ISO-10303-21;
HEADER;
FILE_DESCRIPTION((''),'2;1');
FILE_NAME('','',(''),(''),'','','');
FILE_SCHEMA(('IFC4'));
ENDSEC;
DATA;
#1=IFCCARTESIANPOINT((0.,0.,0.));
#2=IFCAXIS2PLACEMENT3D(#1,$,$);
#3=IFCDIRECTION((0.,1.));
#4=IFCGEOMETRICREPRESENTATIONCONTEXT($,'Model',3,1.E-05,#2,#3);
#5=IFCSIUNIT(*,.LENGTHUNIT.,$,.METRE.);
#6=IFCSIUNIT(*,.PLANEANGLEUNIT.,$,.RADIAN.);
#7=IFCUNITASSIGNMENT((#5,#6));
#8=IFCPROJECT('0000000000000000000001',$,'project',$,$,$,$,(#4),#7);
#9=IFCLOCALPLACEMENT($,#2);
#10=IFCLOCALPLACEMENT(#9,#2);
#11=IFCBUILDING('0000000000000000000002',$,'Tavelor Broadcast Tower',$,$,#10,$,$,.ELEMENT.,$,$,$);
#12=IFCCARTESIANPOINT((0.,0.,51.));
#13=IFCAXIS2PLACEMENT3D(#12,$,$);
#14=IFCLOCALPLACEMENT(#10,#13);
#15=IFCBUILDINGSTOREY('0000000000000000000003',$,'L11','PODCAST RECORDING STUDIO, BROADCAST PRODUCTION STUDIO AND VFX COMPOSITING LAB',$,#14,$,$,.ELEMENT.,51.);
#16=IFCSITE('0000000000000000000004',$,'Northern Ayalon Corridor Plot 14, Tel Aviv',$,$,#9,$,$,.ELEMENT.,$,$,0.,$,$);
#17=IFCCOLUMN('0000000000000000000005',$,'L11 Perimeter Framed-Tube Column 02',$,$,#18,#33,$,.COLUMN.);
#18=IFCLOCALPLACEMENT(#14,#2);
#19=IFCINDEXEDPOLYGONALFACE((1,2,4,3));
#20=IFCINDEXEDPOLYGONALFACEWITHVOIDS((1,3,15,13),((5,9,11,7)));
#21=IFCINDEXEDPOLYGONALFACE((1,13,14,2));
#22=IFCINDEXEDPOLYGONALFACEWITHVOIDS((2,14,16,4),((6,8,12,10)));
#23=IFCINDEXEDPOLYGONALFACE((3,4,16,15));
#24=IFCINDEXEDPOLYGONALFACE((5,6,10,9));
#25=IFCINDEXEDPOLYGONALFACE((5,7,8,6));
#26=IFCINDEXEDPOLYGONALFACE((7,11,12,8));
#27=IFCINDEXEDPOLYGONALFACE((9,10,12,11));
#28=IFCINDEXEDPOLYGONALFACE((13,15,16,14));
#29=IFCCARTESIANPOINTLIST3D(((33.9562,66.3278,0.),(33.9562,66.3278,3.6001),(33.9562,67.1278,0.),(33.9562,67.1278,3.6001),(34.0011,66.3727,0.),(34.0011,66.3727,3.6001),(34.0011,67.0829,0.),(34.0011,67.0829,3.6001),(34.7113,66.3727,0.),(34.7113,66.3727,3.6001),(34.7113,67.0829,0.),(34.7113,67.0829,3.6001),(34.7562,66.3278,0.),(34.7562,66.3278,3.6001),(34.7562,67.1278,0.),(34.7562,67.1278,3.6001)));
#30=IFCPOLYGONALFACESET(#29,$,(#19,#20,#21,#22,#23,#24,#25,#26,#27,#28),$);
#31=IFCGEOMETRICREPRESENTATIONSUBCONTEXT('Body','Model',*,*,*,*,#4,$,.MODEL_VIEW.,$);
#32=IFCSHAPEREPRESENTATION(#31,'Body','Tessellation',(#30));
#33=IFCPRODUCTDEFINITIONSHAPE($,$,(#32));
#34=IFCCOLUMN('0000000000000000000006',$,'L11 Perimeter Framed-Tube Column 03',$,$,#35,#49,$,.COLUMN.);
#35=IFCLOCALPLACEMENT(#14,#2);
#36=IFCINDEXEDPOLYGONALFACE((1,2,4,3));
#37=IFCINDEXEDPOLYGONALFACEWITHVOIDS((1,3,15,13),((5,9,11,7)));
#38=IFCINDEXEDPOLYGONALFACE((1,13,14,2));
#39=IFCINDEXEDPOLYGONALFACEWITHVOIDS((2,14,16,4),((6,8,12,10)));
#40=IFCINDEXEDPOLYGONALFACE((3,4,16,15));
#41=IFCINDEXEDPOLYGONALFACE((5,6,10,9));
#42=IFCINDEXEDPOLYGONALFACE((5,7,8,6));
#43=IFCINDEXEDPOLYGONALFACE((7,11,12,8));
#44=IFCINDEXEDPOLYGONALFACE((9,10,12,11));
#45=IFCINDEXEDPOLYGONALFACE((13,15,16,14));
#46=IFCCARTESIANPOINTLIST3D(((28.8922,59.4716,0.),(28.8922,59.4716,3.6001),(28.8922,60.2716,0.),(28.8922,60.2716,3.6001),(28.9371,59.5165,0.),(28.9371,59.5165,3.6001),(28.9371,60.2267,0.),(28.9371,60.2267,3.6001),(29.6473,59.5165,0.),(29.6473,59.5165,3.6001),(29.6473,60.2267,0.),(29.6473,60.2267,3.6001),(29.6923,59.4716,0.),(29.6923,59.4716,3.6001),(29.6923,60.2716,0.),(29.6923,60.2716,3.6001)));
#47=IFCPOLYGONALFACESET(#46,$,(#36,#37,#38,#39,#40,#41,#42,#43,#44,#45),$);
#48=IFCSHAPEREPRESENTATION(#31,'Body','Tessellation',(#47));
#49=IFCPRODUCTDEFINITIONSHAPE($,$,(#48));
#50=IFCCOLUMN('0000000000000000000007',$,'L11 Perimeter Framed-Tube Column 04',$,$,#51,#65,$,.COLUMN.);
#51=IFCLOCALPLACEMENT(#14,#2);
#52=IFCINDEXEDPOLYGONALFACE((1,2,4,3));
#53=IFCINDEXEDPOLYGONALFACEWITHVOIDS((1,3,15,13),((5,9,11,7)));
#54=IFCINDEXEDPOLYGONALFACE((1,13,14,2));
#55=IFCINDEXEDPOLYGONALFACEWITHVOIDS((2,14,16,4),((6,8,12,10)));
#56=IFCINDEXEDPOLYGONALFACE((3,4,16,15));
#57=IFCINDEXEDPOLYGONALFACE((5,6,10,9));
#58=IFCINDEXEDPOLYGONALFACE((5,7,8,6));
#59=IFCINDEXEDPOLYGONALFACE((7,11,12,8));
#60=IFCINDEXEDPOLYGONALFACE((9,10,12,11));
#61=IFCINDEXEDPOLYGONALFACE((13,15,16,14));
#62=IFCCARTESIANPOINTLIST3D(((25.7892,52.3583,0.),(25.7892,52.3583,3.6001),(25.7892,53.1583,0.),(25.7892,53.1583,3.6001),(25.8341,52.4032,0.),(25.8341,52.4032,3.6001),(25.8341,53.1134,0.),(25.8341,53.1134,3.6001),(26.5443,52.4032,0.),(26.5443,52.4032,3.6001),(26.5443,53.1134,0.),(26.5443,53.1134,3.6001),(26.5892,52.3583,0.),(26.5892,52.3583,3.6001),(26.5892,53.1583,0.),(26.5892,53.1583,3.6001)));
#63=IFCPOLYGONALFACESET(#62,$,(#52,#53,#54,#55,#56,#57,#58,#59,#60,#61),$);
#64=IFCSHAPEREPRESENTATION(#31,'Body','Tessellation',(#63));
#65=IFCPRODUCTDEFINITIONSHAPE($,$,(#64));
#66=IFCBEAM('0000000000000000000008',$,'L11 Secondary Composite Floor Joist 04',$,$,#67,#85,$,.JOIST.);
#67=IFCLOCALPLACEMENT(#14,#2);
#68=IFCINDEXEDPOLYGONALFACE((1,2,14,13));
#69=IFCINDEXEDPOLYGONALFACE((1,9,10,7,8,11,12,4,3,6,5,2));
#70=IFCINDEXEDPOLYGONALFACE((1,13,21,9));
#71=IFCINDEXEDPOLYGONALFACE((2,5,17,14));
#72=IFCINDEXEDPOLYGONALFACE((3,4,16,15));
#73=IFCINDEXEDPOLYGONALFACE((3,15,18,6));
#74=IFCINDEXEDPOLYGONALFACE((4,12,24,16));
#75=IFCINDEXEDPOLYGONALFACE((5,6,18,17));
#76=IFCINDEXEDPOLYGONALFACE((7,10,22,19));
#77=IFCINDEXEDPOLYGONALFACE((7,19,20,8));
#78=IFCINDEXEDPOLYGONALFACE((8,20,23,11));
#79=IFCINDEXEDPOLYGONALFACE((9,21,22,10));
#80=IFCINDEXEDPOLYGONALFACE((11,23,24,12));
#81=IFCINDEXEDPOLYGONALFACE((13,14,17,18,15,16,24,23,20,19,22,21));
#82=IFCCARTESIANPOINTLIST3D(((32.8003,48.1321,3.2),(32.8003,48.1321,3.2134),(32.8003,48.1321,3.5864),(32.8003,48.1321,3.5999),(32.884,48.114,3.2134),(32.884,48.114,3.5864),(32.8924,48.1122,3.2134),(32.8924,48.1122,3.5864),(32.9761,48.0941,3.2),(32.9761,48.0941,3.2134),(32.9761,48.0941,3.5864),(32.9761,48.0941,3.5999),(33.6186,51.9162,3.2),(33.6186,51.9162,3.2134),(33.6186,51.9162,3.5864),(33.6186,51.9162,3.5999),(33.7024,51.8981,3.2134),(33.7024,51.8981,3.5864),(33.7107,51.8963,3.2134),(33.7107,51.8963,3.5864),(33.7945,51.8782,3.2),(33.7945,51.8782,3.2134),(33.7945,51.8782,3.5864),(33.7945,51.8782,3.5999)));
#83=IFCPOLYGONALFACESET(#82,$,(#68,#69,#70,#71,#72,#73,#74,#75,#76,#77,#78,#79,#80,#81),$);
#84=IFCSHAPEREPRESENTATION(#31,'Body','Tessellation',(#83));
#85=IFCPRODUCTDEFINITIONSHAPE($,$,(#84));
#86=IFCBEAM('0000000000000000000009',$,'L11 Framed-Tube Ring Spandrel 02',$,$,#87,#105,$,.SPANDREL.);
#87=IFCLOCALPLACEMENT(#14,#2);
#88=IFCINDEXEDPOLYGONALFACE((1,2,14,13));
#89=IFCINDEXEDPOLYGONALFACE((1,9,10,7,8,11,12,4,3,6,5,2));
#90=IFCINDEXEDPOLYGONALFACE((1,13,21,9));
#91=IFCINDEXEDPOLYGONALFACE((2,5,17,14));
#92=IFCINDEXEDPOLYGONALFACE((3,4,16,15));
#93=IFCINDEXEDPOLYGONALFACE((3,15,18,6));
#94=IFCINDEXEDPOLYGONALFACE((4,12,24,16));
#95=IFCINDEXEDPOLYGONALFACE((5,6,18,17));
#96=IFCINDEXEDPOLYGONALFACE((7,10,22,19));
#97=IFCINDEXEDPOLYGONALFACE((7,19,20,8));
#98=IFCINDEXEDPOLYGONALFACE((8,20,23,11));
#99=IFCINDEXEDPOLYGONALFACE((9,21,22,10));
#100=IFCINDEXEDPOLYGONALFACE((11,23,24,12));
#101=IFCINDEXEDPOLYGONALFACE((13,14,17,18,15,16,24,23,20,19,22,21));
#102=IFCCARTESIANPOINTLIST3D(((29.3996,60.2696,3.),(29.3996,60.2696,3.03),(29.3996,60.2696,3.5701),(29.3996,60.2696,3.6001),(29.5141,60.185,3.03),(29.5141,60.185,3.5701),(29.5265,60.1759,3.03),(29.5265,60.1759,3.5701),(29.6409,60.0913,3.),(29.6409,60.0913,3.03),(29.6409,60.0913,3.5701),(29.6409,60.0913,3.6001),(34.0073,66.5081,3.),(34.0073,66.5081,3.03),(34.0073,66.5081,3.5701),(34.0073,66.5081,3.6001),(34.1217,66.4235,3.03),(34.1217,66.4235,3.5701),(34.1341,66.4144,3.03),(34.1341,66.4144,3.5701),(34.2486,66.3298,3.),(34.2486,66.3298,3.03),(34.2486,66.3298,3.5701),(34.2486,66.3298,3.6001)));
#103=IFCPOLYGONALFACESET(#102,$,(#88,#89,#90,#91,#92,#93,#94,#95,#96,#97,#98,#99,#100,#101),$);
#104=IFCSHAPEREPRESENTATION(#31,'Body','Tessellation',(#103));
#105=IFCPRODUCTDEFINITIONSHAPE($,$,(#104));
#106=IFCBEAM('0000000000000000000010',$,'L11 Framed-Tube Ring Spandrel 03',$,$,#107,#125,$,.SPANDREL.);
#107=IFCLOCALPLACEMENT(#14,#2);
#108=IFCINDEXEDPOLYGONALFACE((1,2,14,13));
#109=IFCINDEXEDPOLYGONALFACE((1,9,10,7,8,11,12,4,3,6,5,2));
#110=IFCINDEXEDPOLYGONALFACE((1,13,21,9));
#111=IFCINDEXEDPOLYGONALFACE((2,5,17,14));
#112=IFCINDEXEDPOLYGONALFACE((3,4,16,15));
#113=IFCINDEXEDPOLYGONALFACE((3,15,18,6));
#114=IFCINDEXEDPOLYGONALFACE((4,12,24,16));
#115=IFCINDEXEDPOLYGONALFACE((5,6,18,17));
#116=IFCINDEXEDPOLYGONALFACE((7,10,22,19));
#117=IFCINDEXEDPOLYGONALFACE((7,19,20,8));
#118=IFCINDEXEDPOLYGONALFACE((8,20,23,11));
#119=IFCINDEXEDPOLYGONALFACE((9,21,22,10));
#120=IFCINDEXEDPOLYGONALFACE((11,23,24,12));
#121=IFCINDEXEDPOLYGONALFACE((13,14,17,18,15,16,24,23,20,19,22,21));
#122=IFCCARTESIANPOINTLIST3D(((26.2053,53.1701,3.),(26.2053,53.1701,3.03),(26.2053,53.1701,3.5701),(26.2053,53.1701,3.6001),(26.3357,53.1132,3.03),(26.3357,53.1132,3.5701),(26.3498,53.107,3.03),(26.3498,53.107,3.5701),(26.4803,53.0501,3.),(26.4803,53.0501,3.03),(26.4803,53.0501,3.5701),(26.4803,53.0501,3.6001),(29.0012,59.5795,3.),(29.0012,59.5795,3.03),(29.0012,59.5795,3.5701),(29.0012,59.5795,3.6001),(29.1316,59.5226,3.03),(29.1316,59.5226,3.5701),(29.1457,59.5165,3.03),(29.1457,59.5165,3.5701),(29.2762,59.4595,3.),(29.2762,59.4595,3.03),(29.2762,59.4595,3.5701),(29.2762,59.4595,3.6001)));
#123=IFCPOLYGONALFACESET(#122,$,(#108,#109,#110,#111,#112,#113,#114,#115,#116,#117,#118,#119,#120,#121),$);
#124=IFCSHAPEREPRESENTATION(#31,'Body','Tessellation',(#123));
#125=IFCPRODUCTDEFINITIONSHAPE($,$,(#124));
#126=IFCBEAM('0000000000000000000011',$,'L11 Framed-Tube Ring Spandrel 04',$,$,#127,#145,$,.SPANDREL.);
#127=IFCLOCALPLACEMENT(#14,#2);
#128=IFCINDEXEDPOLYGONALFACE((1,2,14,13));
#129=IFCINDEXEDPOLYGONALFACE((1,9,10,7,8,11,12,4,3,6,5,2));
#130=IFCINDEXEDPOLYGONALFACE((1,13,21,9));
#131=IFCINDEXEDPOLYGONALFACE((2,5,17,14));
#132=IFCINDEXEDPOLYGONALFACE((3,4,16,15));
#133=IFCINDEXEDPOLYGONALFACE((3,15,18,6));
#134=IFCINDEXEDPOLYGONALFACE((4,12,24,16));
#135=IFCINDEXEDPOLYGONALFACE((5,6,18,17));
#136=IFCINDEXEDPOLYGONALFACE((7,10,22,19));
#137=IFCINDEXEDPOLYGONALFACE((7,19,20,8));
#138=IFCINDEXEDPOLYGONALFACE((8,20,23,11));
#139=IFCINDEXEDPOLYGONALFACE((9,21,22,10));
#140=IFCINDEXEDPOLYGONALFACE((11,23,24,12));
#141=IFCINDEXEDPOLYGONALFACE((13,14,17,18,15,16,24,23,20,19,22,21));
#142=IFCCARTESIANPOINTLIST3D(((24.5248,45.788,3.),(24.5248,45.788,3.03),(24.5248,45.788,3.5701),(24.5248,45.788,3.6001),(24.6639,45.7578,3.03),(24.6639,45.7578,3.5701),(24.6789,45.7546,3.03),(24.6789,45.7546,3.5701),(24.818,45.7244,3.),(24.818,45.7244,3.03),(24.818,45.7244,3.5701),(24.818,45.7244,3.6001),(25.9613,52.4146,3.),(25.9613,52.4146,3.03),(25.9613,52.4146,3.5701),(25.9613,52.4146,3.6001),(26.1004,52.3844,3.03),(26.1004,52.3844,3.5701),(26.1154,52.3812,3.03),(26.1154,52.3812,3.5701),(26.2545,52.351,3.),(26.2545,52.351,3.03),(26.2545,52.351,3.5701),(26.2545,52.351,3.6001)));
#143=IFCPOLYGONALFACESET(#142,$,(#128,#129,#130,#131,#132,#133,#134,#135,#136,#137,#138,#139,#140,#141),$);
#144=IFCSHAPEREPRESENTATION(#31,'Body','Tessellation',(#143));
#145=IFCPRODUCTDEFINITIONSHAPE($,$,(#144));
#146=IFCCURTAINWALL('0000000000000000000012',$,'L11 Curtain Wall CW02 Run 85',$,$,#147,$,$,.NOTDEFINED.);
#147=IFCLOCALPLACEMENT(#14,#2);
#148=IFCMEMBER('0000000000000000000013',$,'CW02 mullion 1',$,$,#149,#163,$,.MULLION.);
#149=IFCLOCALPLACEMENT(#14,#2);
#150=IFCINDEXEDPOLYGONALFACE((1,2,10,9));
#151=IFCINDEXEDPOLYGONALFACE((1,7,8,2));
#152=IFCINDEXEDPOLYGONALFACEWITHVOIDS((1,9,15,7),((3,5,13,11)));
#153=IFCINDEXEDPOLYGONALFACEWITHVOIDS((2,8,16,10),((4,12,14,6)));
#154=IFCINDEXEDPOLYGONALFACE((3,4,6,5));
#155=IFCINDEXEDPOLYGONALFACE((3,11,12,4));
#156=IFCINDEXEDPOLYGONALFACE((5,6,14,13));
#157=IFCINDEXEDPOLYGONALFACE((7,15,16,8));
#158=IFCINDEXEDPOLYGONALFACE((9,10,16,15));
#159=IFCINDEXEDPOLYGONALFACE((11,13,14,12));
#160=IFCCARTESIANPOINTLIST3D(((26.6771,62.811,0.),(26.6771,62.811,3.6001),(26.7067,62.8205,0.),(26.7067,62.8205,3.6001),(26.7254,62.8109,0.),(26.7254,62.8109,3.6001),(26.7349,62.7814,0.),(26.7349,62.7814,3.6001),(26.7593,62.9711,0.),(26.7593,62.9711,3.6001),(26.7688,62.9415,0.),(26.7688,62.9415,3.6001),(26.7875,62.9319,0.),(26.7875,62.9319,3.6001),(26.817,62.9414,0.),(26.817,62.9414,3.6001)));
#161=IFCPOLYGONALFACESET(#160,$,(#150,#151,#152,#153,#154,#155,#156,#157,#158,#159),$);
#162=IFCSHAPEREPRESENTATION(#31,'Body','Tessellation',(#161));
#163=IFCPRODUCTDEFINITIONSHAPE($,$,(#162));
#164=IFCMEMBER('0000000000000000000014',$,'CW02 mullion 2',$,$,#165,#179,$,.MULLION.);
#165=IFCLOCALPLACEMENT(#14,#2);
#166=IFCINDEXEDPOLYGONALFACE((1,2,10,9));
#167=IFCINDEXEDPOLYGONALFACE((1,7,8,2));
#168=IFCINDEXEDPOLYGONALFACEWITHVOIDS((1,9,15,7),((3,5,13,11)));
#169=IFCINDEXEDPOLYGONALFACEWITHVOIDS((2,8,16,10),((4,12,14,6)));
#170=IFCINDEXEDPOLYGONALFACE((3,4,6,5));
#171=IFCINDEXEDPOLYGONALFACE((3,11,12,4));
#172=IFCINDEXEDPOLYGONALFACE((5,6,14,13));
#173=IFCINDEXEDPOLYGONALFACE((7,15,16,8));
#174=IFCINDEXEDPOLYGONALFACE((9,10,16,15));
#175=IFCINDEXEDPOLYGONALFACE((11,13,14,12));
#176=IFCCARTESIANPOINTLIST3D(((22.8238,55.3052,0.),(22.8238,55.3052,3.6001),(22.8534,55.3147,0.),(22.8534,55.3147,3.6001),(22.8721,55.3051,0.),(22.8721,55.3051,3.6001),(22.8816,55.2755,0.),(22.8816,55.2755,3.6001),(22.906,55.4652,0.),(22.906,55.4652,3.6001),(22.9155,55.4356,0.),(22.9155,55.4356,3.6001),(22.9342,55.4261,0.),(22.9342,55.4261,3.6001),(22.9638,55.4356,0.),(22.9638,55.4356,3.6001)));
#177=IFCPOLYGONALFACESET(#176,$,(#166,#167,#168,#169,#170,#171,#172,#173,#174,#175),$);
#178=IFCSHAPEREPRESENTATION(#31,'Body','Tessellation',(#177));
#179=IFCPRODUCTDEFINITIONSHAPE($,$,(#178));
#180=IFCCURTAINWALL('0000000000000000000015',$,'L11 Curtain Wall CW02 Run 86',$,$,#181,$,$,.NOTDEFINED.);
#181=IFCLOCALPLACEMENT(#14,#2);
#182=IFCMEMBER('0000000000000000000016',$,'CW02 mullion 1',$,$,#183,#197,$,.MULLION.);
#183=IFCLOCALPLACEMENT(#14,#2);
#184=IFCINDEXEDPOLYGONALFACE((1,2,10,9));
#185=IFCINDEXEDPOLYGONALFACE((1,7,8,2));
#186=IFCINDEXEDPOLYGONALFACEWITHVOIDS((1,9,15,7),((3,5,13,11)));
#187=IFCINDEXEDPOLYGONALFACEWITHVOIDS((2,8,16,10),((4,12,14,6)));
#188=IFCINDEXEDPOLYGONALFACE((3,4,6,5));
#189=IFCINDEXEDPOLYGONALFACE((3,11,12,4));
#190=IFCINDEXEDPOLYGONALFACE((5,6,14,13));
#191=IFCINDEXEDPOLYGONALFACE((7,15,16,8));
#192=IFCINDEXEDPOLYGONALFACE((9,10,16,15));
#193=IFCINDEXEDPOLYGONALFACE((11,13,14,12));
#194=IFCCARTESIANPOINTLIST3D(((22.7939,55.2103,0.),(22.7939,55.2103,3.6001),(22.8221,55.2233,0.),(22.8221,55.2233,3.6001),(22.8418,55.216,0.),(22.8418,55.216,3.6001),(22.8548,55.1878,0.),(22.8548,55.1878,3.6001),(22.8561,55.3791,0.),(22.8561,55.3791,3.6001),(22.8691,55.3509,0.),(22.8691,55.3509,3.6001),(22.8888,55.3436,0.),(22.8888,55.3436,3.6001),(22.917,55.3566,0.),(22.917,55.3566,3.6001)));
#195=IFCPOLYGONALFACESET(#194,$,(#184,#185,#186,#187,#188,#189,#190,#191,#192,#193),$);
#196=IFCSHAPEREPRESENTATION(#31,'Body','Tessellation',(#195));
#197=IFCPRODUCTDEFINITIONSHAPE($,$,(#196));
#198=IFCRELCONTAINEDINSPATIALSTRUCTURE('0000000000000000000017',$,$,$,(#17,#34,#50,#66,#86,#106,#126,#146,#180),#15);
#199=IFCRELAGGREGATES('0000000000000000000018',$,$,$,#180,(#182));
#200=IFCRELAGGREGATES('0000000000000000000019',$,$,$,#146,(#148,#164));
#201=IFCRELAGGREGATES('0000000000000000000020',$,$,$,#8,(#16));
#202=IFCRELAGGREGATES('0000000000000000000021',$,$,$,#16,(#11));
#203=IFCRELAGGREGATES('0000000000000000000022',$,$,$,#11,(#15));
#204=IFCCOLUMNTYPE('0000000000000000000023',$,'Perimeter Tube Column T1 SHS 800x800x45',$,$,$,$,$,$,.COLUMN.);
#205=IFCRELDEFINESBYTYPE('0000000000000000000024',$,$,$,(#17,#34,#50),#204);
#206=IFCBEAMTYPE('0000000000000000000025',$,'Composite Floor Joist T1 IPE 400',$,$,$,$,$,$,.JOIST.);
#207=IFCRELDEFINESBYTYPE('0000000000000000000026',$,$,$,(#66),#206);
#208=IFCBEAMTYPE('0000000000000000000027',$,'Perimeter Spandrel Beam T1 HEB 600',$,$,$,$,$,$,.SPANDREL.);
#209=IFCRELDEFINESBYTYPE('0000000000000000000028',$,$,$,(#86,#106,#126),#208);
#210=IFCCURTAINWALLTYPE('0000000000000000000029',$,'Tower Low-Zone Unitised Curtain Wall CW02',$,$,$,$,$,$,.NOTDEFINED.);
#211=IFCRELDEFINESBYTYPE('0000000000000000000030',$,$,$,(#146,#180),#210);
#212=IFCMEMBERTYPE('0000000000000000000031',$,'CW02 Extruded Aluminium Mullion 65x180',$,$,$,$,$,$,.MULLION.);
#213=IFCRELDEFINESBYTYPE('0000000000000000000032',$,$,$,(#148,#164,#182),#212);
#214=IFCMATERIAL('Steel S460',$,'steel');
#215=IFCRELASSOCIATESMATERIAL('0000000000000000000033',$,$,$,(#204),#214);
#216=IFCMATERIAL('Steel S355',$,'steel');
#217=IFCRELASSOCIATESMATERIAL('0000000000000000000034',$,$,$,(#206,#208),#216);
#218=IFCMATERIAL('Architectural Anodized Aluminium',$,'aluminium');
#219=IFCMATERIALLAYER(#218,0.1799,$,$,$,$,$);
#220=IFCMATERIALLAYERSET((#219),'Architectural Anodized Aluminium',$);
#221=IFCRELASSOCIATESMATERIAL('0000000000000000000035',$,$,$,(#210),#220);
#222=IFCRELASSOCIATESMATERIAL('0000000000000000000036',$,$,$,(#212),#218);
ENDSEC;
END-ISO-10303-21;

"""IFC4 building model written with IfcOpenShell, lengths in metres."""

from ifc_helpers import new_model, si_unit, direction, frame, origin, origin_2d, place, context, subcontext, project, spatial, hollow_rectangle, i_section, extrude, source, transform, mapped, material, layer, layer_set, material_profile, profile_set, type_object, type_shapes, element, aggregate, save


model = new_model("IFC4")

# Units and contexts
model_context = context("Model", 3, precision=1e-05, world=origin(), true_north=direction((0.0, 1.0)))
body_context = subcontext(model_context, "Body", "Model", "MODEL_VIEW")
ifc_project = project(units=[si_unit("LENGTHUNIT", "METRE"), si_unit("PLANEANGLEUNIT", "RADIAN")], contexts=[model_context])

# Site, building, storey
site_placement = place(None, origin())
site = spatial("IfcSite", under=ifc_project, at=site_placement, Name="Northern Ayalon Corridor Plot 14, Tel Aviv", CompositionType="ELEMENT", RefElevation=0.0)
building_placement = place(site_placement, origin())
building = spatial("IfcBuilding", under=site, at=building_placement, Name="Tavelor Broadcast Tower", CompositionType="ELEMENT")
storey_placement = place(building_placement, frame((0.0, 0.0, 51.0)))
storey = spatial("IfcBuildingStorey", under=building, at=storey_placement, Name="L11", Description="PODCAST RECORDING STUDIO, BROADCAST PRODUCTION STUDIO AND VFX COMPOSITING LAB", CompositionType="ELEMENT", Elevation=51.0)

# Columns
ifc_material_1 = material(Name="Steel S460", Category="steel")
ifc_material_profile_1 = material_profile(ifc_material_1, hollow_rectangle(XDim=0.8, YDim=0.8, WallThickness=0.0449, at=origin_2d()), Name="SHS 800x800x45")
ifc_profile_set_1 = profile_set([ifc_material_profile_1], Name="Steel S460")
column_type = type_object("IfcColumnType", Name="Perimeter Tube Column T1 SHS 800x800x45", PredefinedType="COLUMN", material=ifc_profile_set_1)
for number, where, z_axis, x_axis, name in (
    (1, (34.3562, 66.7278, 0.0), (0.0, 0.0, 1.0), (1.0, 0.0, 0.0), "L11 Perimeter Framed-Tube Column 02"),
    (2, (29.2922, 59.8716, 0.0), (0.0, 0.0, 1.0), (1.0, 0.0, 0.0), "L11 Perimeter Framed-Tube Column 03"),
    (3, (26.1892, 52.7583, 0.0), (0.0, 0.0, 1.0), (1.0, 0.0, 0.0), "L11 Perimeter Framed-Tube Column 04"),
):
    element("IfcColumn", number, at=place(storey_placement, frame(where, z_axis=z_axis, x_axis=x_axis)), inside=storey, type_object=column_type, Name=name, PredefinedType="COLUMN", context=body_context, shape_type="SweptSolid", body=[
        extrude(hollow_rectangle(XDim=0.8, YDim=0.8, WallThickness=0.0449, at=origin_2d()), origin(), (0.0, 0.0, 1.0), 3.6001),
    ])

# Beams
ifc_material_2 = material(Name="Steel S355", Category="steel")
ifc_material_profile_2 = material_profile(ifc_material_2, i_section(OverallWidth=0.1799, OverallDepth=0.3999, WebThickness=0.0085, FlangeThickness=0.0134, at=origin_2d()), Name="IPE 400")
ifc_profile_set_2 = profile_set([ifc_material_profile_2], Name="Steel S355")
beam_type_1 = type_object("IfcBeamType", Name="Composite Floor Joist T1 IPE 400", PredefinedType="JOIST", material=ifc_profile_set_2)
beam_1_placement = place(storey_placement, frame((33.7065, 51.8972, 3.3999), z_axis=(-0.211372, -0.977406, 0.0), x_axis=(0.977406, -0.211372, 0.0)))
element("IfcBeam", 4, at=beam_1_placement, inside=storey, type_object=beam_type_1, Name="L11 Secondary Composite Floor Joist 04", PredefinedType="JOIST", context=body_context, shape_type="SweptSolid", body=[
    extrude(i_section(OverallWidth=0.1799, OverallDepth=0.3999, WebThickness=0.0085, FlangeThickness=0.0134, at=origin_2d()), origin(), (0.0, 0.0, 1.0), 3.8716),
])
ifc_material_profile_3 = material_profile(ifc_material_2, i_section(OverallWidth=0.3, OverallDepth=0.6001, WebThickness=0.0154, FlangeThickness=0.03, at=origin_2d()), Name="HEB 600")
ifc_profile_set_3 = profile_set([ifc_material_profile_3], Name="Steel S355")
beam_type_2 = type_object("IfcBeamType", Name="Perimeter Spandrel Beam T1 HEB 600", PredefinedType="SPANDREL", material=ifc_profile_set_3)
beam_2_placement = place(storey_placement, frame((34.1279, 66.4189, 3.3), z_axis=(-0.594106, -0.804387, 0.0), x_axis=(0.804387, -0.594106, 0.0)))
element("IfcBeam", 5, at=beam_2_placement, inside=storey, type_object=beam_type_2, Name="L11 Framed-Tube Ring Spandrel 02", PredefinedType="SPANDREL", context=body_context, shape_type="SweptSolid", body=[
    extrude(i_section(OverallWidth=0.3, OverallDepth=0.6001, WebThickness=0.0154, FlangeThickness=0.03, at=origin_2d()), origin(), (0.0, 0.0, 1.0), 7.7556),
])
beam_3_placement = place(storey_placement, frame((29.1387, 59.5195, 3.3), z_axis=(-0.399831, -0.916589, 0.0), x_axis=(0.916589, -0.399831, 0.0)))
element("IfcBeam", 6, at=beam_3_placement, inside=storey, type_object=beam_type_2, Name="L11 Framed-Tube Ring Spandrel 03", PredefinedType="SPANDREL", context=body_context, shape_type="SweptSolid", body=[
    extrude(i_section(OverallWidth=0.3, OverallDepth=0.6001, WebThickness=0.0154, FlangeThickness=0.03, at=origin_2d()), origin(), (0.0, 0.0, 1.0), 6.9927),
])
beam_4_placement = place(storey_placement, frame((26.1079, 52.3828, 3.3), z_axis=(-0.211857, -0.977301, 0.0), x_axis=(0.977301, -0.211857, 0.0)))
element("IfcBeam", 7, at=beam_4_placement, inside=storey, type_object=beam_type_2, Name="L11 Framed-Tube Ring Spandrel 04", PredefinedType="SPANDREL", context=body_context, shape_type="SweptSolid", body=[
    extrude(i_section(OverallWidth=0.3, OverallDepth=0.6001, WebThickness=0.0154, FlangeThickness=0.03, at=origin_2d()), origin(), (0.0, 0.0, 1.0), 6.7805),
])

# Curtain wall, members
ifc_material_3 = material(Name="Architectural Anodized Aluminium", Category="aluminium")
ifc_layer_1 = layer(ifc_material_3, 0.1799)
ifc_layer_set_1 = layer_set([ifc_layer_1], Name="Architectural Anodized Aluminium")
curtain_wall_type = type_object("IfcCurtainWallType", Name="Tower Low-Zone Unitised Curtain Wall CW02", PredefinedType="NOTDEFINED", material=ifc_layer_set_1)
curtain_wall_1_placement = place(storey_placement, origin())
curtain_wall_1 = element("IfcCurtainWall", 8, at=curtain_wall_1_placement, inside=storey, type_object=curtain_wall_type, Name="L11 Curtain Wall CW02 Run 85", PredefinedType="NOTDEFINED")
ifc_material_profile_4 = material_profile(ifc_material_3, hollow_rectangle(XDim=0.0649, YDim=0.1799, WallThickness=0.022, at=origin_2d()), Name="RHS 65x180x22")
ifc_profile_set_4 = profile_set([ifc_material_profile_4], Name="Architectural Anodized Aluminium")
member_type_1 = type_object("IfcMemberType", Name="CW02 Extruded Aluminium Mullion 65x180", PredefinedType="MULLION", material=ifc_profile_set_4)
shared_shape_1 = source(origin(), body_context, "Body", "SweptSolid", [
    extrude(hollow_rectangle(XDim=0.0649, YDim=0.1799, WallThickness=0.022, at=origin_2d()), origin(), (0.0, 0.0, 1.0), 3.6001),
])
type_shapes(member_type_1, [shared_shape_1])
member_1_placement = place(storey_placement, frame((26.7471, 62.8762, 0.0), z_axis=(0.0, 0.0, 1.0), x_axis=(0.889613, -0.456715, 0.0)))
member_1 = element("IfcMember", 9, at=member_1_placement, type_object=member_type_1, Name="CW02 mullion 1", PredefinedType="MULLION", context=body_context, shape_type="MappedRepresentation", body=[
    mapped(shared_shape_1, transform((0.0, 0.0, 0.0), scale=1.0)),
])
member_2_placement = place(storey_placement, frame((22.8938, 55.3704, 0.0), z_axis=(0.0, 0.0, 1.0), x_axis=(0.889613, -0.456715, 0.0)))
member_2 = element("IfcMember", 10, at=member_2_placement, type_object=member_type_1, Name="CW02 mullion 2", PredefinedType="MULLION", context=body_context, shape_type="MappedRepresentation", body=[
    mapped(shared_shape_1, transform((0.0, 0.0, 0.0), scale=1.0)),
])

# Curtain wall, member
curtain_wall_2_placement = place(storey_placement, origin())
curtain_wall_2 = element("IfcCurtainWall", 11, at=curtain_wall_2_placement, inside=storey, type_object=curtain_wall_type, Name="L11 Curtain Wall CW02 Run 86", PredefinedType="NOTDEFINED")
member_3_placement = place(storey_placement, frame((22.8555, 55.2834, 0.0), z_axis=(0.0, 0.0, 1.0), x_axis=(0.938346, -0.345698, 0.0)))
member_3 = element("IfcMember", 12, at=member_3_placement, type_object=member_type_1, Name="CW02 mullion 1", PredefinedType="MULLION", context=body_context, shape_type="MappedRepresentation", body=[
    mapped(shared_shape_1, transform((0.0, 0.0, 0.0), scale=1.0)),
])

aggregate(curtain_wall_2, [member_3])

aggregate(curtain_wall_1, [member_1, member_2])

save(model, "model.ifc")
